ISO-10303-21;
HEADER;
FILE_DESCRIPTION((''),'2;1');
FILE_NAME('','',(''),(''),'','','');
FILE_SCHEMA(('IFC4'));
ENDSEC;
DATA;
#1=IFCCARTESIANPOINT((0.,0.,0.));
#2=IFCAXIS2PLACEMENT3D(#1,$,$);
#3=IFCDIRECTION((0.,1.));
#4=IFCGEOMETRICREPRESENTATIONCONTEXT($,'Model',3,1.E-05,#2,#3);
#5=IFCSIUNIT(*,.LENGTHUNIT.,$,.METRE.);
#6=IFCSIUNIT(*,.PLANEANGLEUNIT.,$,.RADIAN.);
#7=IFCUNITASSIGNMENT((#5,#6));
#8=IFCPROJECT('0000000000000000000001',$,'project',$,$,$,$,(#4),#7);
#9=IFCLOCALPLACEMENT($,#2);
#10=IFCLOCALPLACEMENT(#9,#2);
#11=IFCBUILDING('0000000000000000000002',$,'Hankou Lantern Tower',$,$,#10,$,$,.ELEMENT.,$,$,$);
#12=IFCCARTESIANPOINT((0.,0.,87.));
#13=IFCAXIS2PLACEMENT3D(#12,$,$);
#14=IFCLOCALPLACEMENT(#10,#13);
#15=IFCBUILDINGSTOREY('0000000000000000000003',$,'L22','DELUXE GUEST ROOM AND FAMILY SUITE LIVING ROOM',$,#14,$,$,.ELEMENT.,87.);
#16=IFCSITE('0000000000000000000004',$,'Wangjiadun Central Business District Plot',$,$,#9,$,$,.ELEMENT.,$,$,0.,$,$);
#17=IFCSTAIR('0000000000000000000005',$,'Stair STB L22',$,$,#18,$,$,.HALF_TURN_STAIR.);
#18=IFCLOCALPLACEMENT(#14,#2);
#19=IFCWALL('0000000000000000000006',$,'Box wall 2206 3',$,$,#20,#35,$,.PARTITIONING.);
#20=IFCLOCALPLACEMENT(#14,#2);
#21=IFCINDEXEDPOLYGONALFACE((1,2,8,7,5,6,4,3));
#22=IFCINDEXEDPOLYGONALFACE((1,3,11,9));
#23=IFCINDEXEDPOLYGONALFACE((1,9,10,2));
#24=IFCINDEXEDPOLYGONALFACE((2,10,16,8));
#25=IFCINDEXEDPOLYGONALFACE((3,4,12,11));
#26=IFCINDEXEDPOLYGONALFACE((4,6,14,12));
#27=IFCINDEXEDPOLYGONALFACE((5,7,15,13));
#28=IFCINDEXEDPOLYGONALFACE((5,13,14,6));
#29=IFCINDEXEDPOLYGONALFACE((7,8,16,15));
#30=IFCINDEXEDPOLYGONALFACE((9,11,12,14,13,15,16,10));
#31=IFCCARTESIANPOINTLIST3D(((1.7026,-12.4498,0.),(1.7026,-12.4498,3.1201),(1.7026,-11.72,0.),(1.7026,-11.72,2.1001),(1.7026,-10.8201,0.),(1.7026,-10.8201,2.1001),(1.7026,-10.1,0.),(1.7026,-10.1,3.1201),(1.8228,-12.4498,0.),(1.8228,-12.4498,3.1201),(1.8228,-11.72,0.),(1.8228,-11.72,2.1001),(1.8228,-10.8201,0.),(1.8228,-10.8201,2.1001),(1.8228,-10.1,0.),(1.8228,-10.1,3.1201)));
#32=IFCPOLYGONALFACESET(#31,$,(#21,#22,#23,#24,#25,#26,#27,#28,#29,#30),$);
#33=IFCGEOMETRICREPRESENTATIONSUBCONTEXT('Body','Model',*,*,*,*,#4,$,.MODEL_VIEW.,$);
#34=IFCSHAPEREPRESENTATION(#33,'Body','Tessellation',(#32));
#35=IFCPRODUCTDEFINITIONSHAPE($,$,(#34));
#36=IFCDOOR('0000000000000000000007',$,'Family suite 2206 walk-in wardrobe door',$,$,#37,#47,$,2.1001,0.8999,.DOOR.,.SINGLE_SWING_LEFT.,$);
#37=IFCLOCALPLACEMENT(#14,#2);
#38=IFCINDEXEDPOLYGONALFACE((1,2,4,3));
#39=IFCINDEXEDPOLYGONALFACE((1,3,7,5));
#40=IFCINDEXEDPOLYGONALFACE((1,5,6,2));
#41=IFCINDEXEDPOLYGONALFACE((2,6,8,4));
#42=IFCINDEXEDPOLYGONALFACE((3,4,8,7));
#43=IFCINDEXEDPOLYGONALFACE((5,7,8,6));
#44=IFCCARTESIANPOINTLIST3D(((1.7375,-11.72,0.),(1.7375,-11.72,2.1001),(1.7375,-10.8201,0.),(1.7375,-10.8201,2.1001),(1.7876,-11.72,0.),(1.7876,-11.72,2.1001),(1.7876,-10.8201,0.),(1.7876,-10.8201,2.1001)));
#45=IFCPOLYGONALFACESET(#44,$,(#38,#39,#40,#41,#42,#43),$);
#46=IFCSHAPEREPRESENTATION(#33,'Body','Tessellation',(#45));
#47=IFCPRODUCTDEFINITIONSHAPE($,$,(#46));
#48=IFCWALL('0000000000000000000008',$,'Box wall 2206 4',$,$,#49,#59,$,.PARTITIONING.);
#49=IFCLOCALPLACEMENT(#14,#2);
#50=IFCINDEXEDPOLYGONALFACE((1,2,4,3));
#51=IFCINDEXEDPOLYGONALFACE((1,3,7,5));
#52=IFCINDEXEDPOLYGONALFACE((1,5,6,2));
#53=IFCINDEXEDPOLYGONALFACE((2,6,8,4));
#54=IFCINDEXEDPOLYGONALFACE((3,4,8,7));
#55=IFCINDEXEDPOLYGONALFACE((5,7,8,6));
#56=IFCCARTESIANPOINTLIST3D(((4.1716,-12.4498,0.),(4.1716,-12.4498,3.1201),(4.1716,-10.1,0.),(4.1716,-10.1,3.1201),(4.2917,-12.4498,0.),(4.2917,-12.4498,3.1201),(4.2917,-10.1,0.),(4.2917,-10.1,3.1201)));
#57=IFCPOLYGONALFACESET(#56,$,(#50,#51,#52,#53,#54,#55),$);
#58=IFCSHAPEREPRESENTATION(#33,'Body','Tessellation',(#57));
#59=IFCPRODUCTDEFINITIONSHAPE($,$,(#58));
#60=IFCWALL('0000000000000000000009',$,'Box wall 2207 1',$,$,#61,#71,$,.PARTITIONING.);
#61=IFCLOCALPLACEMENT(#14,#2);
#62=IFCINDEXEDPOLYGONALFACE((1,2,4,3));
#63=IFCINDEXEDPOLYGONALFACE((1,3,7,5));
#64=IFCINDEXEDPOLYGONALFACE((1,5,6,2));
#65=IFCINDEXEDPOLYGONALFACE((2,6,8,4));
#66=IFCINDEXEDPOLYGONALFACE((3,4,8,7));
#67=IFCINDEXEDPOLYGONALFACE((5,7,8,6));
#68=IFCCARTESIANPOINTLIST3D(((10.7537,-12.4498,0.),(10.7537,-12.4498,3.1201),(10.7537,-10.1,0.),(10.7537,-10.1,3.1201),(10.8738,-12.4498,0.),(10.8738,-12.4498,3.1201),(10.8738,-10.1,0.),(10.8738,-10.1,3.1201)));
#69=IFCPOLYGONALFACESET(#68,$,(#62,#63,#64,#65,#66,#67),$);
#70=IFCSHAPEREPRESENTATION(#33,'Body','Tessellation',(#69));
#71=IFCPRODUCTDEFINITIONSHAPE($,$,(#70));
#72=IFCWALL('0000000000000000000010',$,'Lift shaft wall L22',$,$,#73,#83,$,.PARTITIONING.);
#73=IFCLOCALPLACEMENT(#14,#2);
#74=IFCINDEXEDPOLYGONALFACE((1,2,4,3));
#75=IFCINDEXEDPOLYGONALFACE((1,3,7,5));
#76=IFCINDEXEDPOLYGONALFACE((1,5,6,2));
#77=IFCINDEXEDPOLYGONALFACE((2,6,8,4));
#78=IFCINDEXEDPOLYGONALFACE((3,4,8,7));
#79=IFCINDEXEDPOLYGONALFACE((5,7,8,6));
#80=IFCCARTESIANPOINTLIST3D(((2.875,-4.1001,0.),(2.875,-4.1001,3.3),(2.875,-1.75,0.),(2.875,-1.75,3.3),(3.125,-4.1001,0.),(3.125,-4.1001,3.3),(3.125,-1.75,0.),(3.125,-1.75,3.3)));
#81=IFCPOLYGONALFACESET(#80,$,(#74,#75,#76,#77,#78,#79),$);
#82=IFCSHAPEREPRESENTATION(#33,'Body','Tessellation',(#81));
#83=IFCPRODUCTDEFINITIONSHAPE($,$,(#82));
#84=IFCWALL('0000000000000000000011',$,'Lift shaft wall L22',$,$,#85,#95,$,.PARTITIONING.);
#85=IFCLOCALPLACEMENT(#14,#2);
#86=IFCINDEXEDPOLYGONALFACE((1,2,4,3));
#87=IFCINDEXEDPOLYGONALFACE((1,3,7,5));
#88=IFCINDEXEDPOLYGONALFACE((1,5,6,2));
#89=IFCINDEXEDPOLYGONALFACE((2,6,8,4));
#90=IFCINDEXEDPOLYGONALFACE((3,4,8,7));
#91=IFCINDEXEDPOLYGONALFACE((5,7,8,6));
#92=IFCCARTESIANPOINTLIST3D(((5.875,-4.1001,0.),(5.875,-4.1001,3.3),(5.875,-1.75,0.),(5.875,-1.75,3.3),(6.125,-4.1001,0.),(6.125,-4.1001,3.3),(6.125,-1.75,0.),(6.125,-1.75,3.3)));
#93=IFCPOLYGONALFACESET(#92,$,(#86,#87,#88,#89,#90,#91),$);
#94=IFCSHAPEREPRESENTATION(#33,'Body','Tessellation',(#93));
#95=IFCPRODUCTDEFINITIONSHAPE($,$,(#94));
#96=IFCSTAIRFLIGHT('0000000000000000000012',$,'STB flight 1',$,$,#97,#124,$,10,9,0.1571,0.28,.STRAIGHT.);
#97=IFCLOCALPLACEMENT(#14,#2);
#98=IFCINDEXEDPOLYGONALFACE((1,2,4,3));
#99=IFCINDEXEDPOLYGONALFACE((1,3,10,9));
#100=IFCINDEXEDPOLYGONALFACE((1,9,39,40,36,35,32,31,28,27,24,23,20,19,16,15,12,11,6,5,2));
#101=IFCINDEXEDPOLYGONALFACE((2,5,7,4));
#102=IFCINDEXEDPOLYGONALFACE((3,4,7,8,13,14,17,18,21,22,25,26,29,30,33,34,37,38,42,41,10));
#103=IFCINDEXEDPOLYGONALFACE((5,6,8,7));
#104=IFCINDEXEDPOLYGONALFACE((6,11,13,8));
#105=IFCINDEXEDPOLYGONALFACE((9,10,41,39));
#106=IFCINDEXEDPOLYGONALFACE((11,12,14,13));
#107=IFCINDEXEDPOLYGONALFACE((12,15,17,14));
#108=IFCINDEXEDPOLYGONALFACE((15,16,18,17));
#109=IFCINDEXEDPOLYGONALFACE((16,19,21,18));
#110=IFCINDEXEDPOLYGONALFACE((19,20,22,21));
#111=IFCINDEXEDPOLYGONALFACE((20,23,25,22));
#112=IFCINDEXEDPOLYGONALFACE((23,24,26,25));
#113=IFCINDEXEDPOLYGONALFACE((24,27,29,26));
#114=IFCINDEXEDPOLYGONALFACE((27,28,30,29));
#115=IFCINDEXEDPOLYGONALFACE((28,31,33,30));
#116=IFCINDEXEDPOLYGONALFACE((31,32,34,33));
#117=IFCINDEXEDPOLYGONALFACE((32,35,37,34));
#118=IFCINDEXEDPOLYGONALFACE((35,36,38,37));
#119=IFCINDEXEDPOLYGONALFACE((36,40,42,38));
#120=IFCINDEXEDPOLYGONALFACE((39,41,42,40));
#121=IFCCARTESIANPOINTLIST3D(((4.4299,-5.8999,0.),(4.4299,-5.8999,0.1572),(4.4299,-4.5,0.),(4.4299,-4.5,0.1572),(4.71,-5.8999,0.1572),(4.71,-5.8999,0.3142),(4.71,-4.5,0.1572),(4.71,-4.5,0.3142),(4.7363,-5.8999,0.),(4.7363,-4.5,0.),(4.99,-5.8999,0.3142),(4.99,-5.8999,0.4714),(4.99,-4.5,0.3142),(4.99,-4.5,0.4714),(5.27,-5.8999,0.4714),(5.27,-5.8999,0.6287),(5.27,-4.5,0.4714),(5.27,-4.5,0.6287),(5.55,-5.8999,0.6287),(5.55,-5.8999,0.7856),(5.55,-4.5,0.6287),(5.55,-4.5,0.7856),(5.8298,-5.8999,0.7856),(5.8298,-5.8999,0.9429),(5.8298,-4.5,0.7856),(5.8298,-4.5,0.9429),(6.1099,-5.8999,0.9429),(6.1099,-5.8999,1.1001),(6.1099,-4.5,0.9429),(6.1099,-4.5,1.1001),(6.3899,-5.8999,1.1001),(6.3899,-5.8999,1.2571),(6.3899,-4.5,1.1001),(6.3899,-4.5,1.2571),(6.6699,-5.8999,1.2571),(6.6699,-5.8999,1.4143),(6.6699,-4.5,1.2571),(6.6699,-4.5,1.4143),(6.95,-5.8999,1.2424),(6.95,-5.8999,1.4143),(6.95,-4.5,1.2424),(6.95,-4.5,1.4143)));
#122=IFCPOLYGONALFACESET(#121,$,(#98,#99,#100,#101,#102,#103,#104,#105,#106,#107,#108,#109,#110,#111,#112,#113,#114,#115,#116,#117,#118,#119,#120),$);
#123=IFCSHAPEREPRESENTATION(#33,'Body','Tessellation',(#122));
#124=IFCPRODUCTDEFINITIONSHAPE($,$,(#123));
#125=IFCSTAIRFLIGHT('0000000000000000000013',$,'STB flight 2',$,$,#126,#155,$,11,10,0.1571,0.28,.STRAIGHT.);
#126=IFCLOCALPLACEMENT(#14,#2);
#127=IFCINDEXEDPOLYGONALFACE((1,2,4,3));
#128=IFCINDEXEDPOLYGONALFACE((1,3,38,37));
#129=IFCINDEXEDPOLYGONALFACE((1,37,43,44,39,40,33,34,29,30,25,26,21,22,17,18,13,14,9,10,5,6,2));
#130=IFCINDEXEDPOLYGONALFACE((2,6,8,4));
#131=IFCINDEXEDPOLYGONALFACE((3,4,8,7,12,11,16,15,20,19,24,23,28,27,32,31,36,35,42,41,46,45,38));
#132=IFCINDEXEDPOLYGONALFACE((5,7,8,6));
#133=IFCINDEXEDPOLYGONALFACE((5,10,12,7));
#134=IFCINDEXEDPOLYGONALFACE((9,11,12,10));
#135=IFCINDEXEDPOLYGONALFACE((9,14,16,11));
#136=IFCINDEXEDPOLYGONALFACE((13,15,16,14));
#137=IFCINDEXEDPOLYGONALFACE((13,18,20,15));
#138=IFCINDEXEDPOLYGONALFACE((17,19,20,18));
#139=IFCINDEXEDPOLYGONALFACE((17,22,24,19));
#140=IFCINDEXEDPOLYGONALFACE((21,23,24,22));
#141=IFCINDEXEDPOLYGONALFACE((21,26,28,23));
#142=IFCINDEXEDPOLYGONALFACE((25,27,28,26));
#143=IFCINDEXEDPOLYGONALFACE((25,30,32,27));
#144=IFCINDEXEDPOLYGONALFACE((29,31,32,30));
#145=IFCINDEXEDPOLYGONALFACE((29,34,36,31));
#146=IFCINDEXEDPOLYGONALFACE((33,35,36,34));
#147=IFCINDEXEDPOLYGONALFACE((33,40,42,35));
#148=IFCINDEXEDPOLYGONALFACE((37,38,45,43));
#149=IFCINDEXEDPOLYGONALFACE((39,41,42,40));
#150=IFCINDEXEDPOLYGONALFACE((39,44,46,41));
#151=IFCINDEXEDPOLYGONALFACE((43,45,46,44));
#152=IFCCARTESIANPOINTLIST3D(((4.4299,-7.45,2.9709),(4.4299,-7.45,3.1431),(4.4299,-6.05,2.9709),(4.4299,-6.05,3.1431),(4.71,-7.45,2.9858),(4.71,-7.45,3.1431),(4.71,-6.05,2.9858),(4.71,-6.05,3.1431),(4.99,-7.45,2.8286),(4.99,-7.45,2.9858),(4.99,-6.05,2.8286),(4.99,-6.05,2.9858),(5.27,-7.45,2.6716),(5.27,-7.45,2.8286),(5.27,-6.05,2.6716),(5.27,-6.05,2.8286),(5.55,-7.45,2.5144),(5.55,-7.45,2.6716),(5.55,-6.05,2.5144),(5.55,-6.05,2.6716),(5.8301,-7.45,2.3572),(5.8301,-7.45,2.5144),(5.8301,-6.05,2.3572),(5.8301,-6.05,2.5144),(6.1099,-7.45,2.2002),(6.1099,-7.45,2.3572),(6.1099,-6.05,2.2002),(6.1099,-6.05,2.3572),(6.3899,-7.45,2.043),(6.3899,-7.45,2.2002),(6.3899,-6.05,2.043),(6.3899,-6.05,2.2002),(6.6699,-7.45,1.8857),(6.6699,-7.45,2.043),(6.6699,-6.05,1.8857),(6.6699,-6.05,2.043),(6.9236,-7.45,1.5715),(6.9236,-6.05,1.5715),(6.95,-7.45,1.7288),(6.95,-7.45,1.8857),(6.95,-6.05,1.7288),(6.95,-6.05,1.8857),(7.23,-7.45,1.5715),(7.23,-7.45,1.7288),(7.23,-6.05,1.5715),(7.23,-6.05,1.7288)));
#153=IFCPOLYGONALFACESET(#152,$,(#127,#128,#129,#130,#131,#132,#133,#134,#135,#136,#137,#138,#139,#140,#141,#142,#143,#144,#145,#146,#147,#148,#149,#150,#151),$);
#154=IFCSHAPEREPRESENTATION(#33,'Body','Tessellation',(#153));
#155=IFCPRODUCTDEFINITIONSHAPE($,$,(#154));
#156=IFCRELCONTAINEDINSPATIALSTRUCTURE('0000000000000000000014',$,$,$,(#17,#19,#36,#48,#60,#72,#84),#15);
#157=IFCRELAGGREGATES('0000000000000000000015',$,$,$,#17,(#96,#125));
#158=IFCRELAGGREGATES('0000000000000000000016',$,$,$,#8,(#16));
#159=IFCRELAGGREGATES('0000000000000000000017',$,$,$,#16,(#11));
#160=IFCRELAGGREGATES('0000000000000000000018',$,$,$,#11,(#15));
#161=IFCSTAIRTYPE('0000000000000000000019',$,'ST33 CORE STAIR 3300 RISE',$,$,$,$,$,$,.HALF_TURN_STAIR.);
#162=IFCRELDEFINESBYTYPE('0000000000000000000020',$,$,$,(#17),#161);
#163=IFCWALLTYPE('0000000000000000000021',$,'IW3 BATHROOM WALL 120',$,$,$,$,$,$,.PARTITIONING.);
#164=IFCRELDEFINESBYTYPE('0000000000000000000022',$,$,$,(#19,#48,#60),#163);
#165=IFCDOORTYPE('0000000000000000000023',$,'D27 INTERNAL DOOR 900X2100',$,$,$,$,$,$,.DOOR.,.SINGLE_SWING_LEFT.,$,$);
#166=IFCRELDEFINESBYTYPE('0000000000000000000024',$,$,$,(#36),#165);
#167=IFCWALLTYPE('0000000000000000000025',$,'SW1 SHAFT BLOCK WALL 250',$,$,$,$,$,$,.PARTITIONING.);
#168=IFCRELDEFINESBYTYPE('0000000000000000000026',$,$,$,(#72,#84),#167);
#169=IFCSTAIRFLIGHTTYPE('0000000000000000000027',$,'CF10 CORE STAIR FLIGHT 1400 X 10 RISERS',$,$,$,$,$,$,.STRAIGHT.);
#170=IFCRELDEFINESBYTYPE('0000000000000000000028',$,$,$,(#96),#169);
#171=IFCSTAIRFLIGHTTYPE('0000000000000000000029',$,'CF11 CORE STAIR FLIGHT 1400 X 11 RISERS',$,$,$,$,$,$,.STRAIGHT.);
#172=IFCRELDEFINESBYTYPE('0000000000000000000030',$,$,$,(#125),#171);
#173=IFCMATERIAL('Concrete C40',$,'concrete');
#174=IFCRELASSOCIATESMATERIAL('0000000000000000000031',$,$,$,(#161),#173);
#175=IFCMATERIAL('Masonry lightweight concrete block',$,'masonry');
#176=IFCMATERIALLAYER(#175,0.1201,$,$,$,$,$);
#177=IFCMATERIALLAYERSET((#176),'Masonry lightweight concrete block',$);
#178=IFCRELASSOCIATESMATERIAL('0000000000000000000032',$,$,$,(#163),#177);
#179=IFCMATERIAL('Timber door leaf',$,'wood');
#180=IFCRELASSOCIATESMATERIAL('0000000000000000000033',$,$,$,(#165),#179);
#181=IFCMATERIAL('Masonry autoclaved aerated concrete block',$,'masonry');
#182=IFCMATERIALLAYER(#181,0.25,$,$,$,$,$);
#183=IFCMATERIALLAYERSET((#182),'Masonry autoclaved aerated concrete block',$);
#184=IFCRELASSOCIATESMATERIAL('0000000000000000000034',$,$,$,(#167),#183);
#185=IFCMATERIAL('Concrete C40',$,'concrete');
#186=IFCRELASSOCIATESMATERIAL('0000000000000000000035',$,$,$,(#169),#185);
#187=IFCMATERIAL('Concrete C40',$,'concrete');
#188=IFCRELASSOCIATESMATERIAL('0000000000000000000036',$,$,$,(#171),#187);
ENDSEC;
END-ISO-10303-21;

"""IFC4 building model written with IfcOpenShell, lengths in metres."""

from ifc_helpers import new_model, si_unit, direction, frame, frame_2d, origin, place, context, subcontext, project, spatial, polyline, rectangle, outline, extrude, material, layer, layer_set, type_object, element, fill, aggregate, save


model = new_model("IFC4")

# Units and contexts
model_context = context("Model", 3, precision=1e-05, world=origin(), true_north=direction((0.0, 1.0)))
body_context = subcontext(model_context, "Body", "Model", "MODEL_VIEW")
ifc_project = project(units=[si_unit("LENGTHUNIT", "METRE"), si_unit("PLANEANGLEUNIT", "RADIAN")], contexts=[model_context])

# Site, building, storey
site_placement = place(None, origin())
site = spatial("IfcSite", under=ifc_project, at=site_placement, Name="Wangjiadun Central Business District Plot", CompositionType="ELEMENT", RefElevation=0.0)
building_placement = place(site_placement, origin())
building = spatial("IfcBuilding", under=site, at=building_placement, Name="Hankou Lantern Tower", CompositionType="ELEMENT")
storey_placement = place(building_placement, frame((0.0, 0.0, 87.0)))
storey = spatial("IfcBuildingStorey", under=building, at=storey_placement, Name="L22", Description="DELUXE GUEST ROOM AND FAMILY SUITE LIVING ROOM", CompositionType="ELEMENT", Elevation=87.0)

# Stair
ifc_material_1 = material(Name="Concrete C40", Category="concrete")
stair_type = type_object("IfcStairType", Name="ST33 CORE STAIR 3300 RISE", PredefinedType="HALF_TURN_STAIR", material=ifc_material_1)
stair_1_placement = place(storey_placement, origin())
stair_1 = element("IfcStair", 1, at=stair_1_placement, inside=storey, type_object=stair_type, Name="Stair STB L22", PredefinedType="HALF_TURN_STAIR")

# Wall, opening, door
ifc_material_2 = material(Name="Masonry lightweight concrete block", Category="masonry")
ifc_layer_1 = layer(ifc_material_2, 0.1201)
ifc_layer_set_1 = layer_set([ifc_layer_1], Name="Masonry lightweight concrete block")
wall_type_1 = type_object("IfcWallType", Name="IW3 BATHROOM WALL 120", PredefinedType="PARTITIONING", material=ifc_layer_set_1)
wall_1_placement = place(storey_placement, frame((1.7627, -10.1001, 0.0), z_axis=(0.0, 0.0, 1.0), x_axis=(0.0, -1.0, 0.0)))
wall_1 = element("IfcWall", 2, at=wall_1_placement, inside=storey, type_object=wall_type_1, Name="Box wall 2206 3", PredefinedType="PARTITIONING", context=body_context, shape_type="SweptSolid", body=[
    extrude(rectangle(XDim=2.3499, YDim=0.1201, at=frame_2d((1.1748, 0.0))), origin(), (0.0, 0.0, 1.0), 3.1201),
])
opening_1_placement = place(wall_1_placement, frame((0.72, 0.0, 0.0)))
opening_1 = element("IfcOpeningElement", 3, at=opening_1_placement, cuts=wall_1, PredefinedType="OPENING", context=body_context, shape_type="SweptSolid", body=[
    extrude(rectangle(XDim=0.8999, YDim=2.1001, at=frame_2d((0.45, 1.05))), frame((0.0, 0.0701, 0.0), z_axis=(0.0, -1.0, 0.0), x_axis=(1.0, 0.0, 0.0)), (0.0, 0.0, 1.0), 0.1401),
])
ifc_material_3 = material(Name="Timber door leaf", Category="wood")
door_type_1 = type_object("IfcDoorType", Name="D27 INTERNAL DOOR 900X2100", OperationType="SINGLE_SWING_LEFT", PredefinedType="DOOR", material=ifc_material_3)
door_1_placement = place(opening_1_placement, origin())
door_1 = element("IfcDoor", 4, at=door_1_placement, inside=storey, type_object=door_type_1, Name="Family suite 2206 walk-in wardrobe door", OperationType="SINGLE_SWING_LEFT", OverallHeight=2.1001, OverallWidth=0.8999, PredefinedType="DOOR", context=body_context, shape_type="SweptSolid", body=[
    extrude(rectangle(XDim=0.8999, YDim=2.1001, at=frame_2d((0.45, 1.05))), frame((0.0, 0.0249, 0.0), z_axis=(0.0, -1.0, 0.0), x_axis=(1.0, 0.0, 0.0)), (0.0, 0.0, 1.0), 0.05),
])
fill(opening_1, door_1)

# Walls
for number, where, z_axis, x_axis, name in (
    (5, (4.2317, -10.1001, 0.0), (0.0, 0.0, 1.0), (0.0, -1.0, 0.0), "Box wall 2206 4"),
    (6, (10.8137, -10.1001, 0.0), (0.0, 0.0, 1.0), (0.0, -1.0, 0.0), "Box wall 2207 1"),
):
    element("IfcWall", number, at=place(storey_placement, frame(where, z_axis=z_axis, x_axis=x_axis)), inside=storey, type_object=wall_type_1, Name=name, PredefinedType="PARTITIONING", context=body_context, shape_type="SweptSolid", body=[
        extrude(rectangle(XDim=2.3499, YDim=0.1201, at=frame_2d((1.1748, 0.0))), origin(), (0.0, 0.0, 1.0), 3.1201),
    ])
ifc_material_4 = material(Name="Masonry autoclaved aerated concrete block", Category="masonry")
ifc_layer_2 = layer(ifc_material_4, 0.25)
ifc_layer_set_2 = layer_set([ifc_layer_2], Name="Masonry autoclaved aerated concrete block")
wall_type_2 = type_object("IfcWallType", Name="SW1 SHAFT BLOCK WALL 250", PredefinedType="PARTITIONING", material=ifc_layer_set_2)
for number, where, z_axis, x_axis, name in (
    (7, (3.0, -4.1001, 0.0), (0.0, 0.0, 1.0), (0.0, 1.0, 0.0), "Lift shaft wall L22"),
    (8, (6.0, -4.1001, 0.0), (0.0, 0.0, 1.0), (0.0, 1.0, 0.0), "Lift shaft wall L22"),
):
    element("IfcWall", number, at=place(storey_placement, frame(where, z_axis=z_axis, x_axis=x_axis)), inside=storey, type_object=wall_type_2, Name=name, PredefinedType="PARTITIONING", context=body_context, shape_type="SweptSolid", body=[
        extrude(rectangle(XDim=2.3501, YDim=0.25, at=frame_2d((1.175, 0.0))), origin(), (0.0, 0.0, 1.0), 3.3),
    ])

# Stair flights
ifc_material_5 = material(Name="Concrete C40", Category="concrete")
stair_flight_type_1 = type_object("IfcStairFlightType", Name="CF10 CORE STAIR FLIGHT 1400 X 10 RISERS", PredefinedType="STRAIGHT", material=ifc_material_5)
stair_flight_1_placement = place(storey_placement, frame((4.4299, -5.2, 0.0), z_axis=(0.0, 0.0, 1.0), x_axis=(1.0, 0.0, 0.0)))
stair_flight_1 = element("IfcStairFlight", 9, at=stair_flight_1_placement, type_object=stair_flight_type_1, Name="STB flight 1", NumberOfRisers=10, NumberOfTreads=9, PredefinedType="STRAIGHT", RiserHeight=0.1571, TreadLength=0.28, context=body_context, shape_type="SweptSolid", body=[
    extrude(outline(polyline([(0.0, 0.0), (0.0, 0.1572), (0.28, 0.1572), (0.28, 0.3142), (0.5601, 0.3142), (0.5601, 0.4714), (0.8401, 0.4714), (0.8401, 0.6287), (1.1201, 0.6287), (1.1201, 0.7856), (1.3999, 0.7856), (1.3999, 0.9429), (1.6799, 0.9429), (1.6799, 1.1001), (1.96, 1.1001), (1.96, 1.2571), (2.24, 1.2571), (2.24, 1.4143), (2.52, 1.4143), (2.52, 1.5715), (2.52, 1.2424), (0.3064, 0.0), (0.0, 0.0)])), frame((0.0, 0.7, 0.0), z_axis=(0.0, -1.0, 0.0), x_axis=(1.0, 0.0, 0.0)), (0.0, 0.0, 1.0), 1.3999),
])
ifc_material_6 = material(Name="Concrete C40", Category="concrete")
stair_flight_type_2 = type_object("IfcStairFlightType", Name="CF11 CORE STAIR FLIGHT 1400 X 11 RISERS", PredefinedType="STRAIGHT", material=ifc_material_6)
stair_flight_2_placement = place(storey_placement, frame((7.23, -6.75, 1.5715), z_axis=(0.0, 0.0, 1.0), x_axis=(-1.0, 0.0, 0.0)))
stair_flight_2 = element("IfcStairFlight", 10, at=stair_flight_2_placement, type_object=stair_flight_type_2, Name="STB flight 2", NumberOfRisers=11, NumberOfTreads=10, PredefinedType="STRAIGHT", RiserHeight=0.1571, TreadLength=0.28, context=body_context, shape_type="SweptSolid", body=[
    extrude(outline(polyline([(0.0, 0.0), (0.0, 0.1572), (0.28, 0.1572), (0.28, 0.3142), (0.5601, 0.3142), (0.5601, 0.4714), (0.8401, 0.4714), (0.8401, 0.6287), (1.1201, 0.6287), (1.1201, 0.7856), (1.3999, 0.7856), (1.3999, 0.9429), (1.6799, 0.9429), (1.6799, 1.1001), (1.96, 1.1001), (1.96, 1.2571), (2.24, 1.2571), (2.24, 1.4143), (2.52, 1.4143), (2.52, 1.5715), (2.8, 1.5715), (2.8, 1.7285), (2.8, 1.3994), (0.3064, 0.0), (0.0, 0.0)])), frame((0.0, 0.7, 0.0), z_axis=(0.0, -1.0, 0.0), x_axis=(1.0, 0.0, 0.0)), (0.0, 0.0, 1.0), 1.3999),
])
aggregate(stair_1, [stair_flight_1, stair_flight_2])

save(model, "model.ifc")
